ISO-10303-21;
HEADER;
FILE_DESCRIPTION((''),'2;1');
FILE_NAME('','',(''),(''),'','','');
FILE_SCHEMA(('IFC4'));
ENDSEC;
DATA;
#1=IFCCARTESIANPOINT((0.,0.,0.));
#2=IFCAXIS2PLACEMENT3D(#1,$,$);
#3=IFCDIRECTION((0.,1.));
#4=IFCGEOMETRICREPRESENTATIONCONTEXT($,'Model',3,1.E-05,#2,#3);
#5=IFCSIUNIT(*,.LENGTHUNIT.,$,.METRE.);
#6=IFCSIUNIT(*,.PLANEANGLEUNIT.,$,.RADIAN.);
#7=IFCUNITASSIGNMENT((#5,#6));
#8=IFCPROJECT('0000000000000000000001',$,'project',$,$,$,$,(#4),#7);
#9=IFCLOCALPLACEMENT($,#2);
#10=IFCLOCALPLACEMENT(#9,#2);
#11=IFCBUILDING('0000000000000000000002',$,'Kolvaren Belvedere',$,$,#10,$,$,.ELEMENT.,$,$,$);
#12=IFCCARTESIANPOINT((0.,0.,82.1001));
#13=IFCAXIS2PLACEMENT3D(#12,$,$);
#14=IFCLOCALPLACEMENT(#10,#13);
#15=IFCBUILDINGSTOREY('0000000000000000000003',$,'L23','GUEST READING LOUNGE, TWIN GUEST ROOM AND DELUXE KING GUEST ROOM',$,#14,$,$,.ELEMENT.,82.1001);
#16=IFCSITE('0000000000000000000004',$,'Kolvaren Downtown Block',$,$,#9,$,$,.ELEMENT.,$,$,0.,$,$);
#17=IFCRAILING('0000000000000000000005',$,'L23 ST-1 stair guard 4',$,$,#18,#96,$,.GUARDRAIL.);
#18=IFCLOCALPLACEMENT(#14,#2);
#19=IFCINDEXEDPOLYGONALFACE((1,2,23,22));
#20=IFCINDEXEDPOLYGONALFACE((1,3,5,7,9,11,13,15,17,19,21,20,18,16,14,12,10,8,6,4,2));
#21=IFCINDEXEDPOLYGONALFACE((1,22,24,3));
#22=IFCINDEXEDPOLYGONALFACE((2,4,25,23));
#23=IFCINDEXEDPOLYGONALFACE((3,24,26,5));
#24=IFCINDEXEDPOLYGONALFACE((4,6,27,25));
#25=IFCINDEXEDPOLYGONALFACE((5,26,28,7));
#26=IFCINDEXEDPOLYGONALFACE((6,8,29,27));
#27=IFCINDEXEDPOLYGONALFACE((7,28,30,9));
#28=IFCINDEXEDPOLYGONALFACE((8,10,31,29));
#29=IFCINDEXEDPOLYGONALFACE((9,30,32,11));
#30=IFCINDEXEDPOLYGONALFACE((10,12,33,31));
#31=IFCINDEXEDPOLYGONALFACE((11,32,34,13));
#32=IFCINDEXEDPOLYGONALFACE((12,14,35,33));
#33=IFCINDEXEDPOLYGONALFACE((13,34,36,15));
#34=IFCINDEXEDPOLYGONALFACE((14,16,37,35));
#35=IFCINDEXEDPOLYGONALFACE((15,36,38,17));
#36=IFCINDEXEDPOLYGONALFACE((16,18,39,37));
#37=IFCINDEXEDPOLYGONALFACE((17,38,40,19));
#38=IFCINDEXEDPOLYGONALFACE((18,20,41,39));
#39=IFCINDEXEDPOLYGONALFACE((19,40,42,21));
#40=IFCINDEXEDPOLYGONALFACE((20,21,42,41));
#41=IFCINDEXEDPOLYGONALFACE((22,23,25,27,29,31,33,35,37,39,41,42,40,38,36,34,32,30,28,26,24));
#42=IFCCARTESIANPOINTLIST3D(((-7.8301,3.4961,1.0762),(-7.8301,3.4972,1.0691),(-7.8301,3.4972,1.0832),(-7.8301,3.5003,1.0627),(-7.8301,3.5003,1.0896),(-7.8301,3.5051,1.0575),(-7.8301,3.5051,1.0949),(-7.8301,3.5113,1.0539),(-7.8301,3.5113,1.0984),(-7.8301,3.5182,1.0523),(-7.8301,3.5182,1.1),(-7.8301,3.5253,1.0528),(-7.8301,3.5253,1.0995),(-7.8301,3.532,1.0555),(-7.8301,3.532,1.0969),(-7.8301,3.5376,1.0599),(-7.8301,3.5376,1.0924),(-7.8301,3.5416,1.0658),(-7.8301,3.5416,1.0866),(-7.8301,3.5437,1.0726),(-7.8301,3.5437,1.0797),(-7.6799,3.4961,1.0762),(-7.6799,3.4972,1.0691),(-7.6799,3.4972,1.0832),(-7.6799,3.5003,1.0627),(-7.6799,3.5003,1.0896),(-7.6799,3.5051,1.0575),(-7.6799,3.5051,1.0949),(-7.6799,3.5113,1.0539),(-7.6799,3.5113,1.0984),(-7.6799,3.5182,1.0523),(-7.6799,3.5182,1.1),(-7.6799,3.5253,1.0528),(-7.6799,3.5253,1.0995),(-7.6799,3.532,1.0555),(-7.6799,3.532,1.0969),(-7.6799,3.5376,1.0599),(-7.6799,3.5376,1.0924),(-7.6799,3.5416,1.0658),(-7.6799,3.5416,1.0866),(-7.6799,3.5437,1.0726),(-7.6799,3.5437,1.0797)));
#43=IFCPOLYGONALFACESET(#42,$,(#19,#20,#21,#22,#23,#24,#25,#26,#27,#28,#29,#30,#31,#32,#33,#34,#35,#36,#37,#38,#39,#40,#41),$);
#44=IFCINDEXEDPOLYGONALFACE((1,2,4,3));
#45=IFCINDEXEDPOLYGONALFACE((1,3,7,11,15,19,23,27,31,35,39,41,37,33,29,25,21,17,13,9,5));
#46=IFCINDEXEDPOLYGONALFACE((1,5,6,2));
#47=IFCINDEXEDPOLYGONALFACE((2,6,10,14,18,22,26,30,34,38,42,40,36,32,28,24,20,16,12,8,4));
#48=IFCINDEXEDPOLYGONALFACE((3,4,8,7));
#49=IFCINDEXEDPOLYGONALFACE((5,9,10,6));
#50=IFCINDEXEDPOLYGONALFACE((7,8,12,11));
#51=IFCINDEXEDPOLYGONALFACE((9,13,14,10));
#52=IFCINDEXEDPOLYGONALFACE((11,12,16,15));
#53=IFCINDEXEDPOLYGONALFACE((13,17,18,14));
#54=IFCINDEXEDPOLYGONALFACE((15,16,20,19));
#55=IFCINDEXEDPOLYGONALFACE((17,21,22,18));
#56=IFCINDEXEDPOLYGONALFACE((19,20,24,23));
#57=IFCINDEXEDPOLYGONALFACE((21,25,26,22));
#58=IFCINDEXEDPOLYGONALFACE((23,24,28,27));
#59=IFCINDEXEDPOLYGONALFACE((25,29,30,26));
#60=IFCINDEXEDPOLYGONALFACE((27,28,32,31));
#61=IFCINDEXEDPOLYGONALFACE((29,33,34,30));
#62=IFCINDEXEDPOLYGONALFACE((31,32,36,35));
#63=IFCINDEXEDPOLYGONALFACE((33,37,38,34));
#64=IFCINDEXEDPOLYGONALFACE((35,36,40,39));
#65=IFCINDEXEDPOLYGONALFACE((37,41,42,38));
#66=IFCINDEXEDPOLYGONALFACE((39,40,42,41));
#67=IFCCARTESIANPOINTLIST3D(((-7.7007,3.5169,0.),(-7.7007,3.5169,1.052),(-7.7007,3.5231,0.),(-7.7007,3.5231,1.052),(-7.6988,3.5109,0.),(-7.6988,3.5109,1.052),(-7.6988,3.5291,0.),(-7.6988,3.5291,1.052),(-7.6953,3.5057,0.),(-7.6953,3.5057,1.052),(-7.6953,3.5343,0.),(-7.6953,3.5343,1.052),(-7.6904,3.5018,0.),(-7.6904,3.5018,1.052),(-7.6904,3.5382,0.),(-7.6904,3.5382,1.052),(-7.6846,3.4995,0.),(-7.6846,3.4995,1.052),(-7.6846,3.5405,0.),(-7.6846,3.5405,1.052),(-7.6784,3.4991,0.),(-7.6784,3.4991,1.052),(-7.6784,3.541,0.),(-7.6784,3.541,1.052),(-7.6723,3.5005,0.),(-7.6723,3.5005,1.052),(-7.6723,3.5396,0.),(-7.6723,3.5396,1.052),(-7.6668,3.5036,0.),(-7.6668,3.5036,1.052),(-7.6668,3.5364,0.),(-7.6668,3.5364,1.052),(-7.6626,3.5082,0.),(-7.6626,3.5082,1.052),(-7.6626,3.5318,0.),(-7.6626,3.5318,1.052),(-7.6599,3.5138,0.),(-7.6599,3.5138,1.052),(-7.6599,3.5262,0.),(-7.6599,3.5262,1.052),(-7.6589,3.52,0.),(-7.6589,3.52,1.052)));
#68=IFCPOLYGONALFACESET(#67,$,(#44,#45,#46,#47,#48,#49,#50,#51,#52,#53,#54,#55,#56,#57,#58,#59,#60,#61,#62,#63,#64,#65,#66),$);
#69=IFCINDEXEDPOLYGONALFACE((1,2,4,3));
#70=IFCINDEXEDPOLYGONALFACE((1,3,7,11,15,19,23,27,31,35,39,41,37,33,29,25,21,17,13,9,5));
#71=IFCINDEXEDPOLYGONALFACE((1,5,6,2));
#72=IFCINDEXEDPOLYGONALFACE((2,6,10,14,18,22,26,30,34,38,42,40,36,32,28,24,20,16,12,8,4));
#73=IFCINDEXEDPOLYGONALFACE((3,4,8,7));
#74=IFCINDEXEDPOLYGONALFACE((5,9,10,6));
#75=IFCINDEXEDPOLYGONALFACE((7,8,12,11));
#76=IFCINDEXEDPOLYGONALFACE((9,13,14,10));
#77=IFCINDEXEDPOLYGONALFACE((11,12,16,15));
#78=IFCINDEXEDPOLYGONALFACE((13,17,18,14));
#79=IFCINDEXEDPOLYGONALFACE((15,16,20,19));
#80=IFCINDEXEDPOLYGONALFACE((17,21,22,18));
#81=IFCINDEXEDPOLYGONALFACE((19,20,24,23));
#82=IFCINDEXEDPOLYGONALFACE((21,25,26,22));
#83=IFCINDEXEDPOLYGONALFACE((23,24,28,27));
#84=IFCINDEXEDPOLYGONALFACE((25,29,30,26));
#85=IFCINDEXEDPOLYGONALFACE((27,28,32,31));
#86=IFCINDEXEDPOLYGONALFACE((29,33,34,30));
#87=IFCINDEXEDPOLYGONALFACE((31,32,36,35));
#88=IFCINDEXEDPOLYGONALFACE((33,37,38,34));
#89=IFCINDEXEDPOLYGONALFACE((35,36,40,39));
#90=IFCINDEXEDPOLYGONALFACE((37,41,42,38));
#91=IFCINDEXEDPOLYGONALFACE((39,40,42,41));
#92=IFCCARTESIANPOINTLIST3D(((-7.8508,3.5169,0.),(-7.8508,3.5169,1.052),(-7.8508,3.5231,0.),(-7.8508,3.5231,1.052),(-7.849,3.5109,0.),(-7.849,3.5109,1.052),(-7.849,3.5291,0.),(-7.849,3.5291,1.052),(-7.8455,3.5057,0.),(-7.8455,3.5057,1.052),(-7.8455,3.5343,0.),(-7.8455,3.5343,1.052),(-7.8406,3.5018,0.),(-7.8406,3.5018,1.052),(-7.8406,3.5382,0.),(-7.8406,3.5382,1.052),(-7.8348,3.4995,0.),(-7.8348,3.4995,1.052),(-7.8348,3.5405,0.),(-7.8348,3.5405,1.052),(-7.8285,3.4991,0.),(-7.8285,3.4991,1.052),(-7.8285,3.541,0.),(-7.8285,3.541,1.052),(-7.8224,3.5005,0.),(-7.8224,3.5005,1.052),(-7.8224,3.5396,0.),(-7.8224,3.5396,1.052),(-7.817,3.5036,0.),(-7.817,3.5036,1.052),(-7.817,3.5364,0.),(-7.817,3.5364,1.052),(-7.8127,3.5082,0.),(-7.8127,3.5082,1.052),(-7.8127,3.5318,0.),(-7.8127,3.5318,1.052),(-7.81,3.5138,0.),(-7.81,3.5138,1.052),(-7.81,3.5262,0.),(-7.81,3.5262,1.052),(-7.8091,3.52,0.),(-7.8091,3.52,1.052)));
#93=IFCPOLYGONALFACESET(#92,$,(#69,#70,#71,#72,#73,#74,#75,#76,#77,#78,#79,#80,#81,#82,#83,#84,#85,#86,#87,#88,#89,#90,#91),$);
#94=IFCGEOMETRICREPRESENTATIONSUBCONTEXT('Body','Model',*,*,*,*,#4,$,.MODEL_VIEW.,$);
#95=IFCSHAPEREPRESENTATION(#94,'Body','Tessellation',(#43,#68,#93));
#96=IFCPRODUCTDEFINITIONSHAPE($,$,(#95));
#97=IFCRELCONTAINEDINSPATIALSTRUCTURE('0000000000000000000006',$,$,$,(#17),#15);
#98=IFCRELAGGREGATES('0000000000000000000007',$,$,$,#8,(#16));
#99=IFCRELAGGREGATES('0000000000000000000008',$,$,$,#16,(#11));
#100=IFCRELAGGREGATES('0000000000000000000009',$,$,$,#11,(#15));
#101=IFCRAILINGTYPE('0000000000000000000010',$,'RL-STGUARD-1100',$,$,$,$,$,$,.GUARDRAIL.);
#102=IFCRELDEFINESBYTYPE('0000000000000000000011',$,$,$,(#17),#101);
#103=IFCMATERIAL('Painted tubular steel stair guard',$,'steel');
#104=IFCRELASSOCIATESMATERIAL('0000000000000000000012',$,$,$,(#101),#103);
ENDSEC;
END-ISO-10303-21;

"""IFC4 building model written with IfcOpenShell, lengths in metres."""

from ifc_helpers import new_model, si_unit, direction, frame, origin, origin_2d, place, context, subcontext, project, spatial, circle, extrude, material, type_object, element, save


model = new_model("IFC4")

# Units and contexts
model_context = context("Model", 3, precision=1e-05, world=origin(), true_north=direction((0.0, 1.0)))
body_context = subcontext(model_context, "Body", "Model", "MODEL_VIEW")
ifc_project = project(units=[si_unit("LENGTHUNIT", "METRE"), si_unit("PLANEANGLEUNIT", "RADIAN")], contexts=[model_context])

# Site, building, storey
site_placement = place(None, origin())
site = spatial("IfcSite", under=ifc_project, at=site_placement, Name="Kolvaren Downtown Block", CompositionType="ELEMENT", RefElevation=0.0)
building_placement = place(site_placement, origin())
building = spatial("IfcBuilding", under=site, at=building_placement, Name="Kolvaren Belvedere", CompositionType="ELEMENT")
storey_placement = place(building_placement, frame((0.0, 0.0, 82.1001)))
storey = spatial("IfcBuildingStorey", under=building, at=storey_placement, Name="L23", Description="GUEST READING LOUNGE, TWIN GUEST ROOM AND DELUXE KING GUEST ROOM", CompositionType="ELEMENT", Elevation=82.1001)

# Railing
ifc_material_1 = material(Name="Painted tubular steel stair guard", Category="steel")
railing_type_1 = type_object("IfcRailingType", Name="RL-STGUARD-1100", PredefinedType="GUARDRAIL", material=ifc_material_1)
railing_1_placement = place(storey_placement, frame((-7.6799, 3.52, 0.0)))
element("IfcRailing", 1, at=railing_1_placement, inside=storey, type_object=railing_type_1, Name="L23 ST-1 stair guard 4", PredefinedType="GUARDRAIL", context=body_context, shape_type="SweptSolid", body=[
    extrude(circle(Radius=0.0239, at=origin_2d()), frame((0.0, 0.0, 1.0762), z_axis=(-1.0, 0.0, 0.0), x_axis=(0.0, -1.0, 0.0)), (0.0, 0.0, 1.0), 0.1501),
    extrude(circle(Radius=0.021, at=origin_2d()), origin(), (0.0, 0.0, 1.0), 1.052),
    extrude(circle(Radius=0.021, at=origin_2d()), frame((-0.1501, 0.0, 0.0)), (0.0, 0.0, 1.0), 1.052),
])

save(model, "model.ifc")
